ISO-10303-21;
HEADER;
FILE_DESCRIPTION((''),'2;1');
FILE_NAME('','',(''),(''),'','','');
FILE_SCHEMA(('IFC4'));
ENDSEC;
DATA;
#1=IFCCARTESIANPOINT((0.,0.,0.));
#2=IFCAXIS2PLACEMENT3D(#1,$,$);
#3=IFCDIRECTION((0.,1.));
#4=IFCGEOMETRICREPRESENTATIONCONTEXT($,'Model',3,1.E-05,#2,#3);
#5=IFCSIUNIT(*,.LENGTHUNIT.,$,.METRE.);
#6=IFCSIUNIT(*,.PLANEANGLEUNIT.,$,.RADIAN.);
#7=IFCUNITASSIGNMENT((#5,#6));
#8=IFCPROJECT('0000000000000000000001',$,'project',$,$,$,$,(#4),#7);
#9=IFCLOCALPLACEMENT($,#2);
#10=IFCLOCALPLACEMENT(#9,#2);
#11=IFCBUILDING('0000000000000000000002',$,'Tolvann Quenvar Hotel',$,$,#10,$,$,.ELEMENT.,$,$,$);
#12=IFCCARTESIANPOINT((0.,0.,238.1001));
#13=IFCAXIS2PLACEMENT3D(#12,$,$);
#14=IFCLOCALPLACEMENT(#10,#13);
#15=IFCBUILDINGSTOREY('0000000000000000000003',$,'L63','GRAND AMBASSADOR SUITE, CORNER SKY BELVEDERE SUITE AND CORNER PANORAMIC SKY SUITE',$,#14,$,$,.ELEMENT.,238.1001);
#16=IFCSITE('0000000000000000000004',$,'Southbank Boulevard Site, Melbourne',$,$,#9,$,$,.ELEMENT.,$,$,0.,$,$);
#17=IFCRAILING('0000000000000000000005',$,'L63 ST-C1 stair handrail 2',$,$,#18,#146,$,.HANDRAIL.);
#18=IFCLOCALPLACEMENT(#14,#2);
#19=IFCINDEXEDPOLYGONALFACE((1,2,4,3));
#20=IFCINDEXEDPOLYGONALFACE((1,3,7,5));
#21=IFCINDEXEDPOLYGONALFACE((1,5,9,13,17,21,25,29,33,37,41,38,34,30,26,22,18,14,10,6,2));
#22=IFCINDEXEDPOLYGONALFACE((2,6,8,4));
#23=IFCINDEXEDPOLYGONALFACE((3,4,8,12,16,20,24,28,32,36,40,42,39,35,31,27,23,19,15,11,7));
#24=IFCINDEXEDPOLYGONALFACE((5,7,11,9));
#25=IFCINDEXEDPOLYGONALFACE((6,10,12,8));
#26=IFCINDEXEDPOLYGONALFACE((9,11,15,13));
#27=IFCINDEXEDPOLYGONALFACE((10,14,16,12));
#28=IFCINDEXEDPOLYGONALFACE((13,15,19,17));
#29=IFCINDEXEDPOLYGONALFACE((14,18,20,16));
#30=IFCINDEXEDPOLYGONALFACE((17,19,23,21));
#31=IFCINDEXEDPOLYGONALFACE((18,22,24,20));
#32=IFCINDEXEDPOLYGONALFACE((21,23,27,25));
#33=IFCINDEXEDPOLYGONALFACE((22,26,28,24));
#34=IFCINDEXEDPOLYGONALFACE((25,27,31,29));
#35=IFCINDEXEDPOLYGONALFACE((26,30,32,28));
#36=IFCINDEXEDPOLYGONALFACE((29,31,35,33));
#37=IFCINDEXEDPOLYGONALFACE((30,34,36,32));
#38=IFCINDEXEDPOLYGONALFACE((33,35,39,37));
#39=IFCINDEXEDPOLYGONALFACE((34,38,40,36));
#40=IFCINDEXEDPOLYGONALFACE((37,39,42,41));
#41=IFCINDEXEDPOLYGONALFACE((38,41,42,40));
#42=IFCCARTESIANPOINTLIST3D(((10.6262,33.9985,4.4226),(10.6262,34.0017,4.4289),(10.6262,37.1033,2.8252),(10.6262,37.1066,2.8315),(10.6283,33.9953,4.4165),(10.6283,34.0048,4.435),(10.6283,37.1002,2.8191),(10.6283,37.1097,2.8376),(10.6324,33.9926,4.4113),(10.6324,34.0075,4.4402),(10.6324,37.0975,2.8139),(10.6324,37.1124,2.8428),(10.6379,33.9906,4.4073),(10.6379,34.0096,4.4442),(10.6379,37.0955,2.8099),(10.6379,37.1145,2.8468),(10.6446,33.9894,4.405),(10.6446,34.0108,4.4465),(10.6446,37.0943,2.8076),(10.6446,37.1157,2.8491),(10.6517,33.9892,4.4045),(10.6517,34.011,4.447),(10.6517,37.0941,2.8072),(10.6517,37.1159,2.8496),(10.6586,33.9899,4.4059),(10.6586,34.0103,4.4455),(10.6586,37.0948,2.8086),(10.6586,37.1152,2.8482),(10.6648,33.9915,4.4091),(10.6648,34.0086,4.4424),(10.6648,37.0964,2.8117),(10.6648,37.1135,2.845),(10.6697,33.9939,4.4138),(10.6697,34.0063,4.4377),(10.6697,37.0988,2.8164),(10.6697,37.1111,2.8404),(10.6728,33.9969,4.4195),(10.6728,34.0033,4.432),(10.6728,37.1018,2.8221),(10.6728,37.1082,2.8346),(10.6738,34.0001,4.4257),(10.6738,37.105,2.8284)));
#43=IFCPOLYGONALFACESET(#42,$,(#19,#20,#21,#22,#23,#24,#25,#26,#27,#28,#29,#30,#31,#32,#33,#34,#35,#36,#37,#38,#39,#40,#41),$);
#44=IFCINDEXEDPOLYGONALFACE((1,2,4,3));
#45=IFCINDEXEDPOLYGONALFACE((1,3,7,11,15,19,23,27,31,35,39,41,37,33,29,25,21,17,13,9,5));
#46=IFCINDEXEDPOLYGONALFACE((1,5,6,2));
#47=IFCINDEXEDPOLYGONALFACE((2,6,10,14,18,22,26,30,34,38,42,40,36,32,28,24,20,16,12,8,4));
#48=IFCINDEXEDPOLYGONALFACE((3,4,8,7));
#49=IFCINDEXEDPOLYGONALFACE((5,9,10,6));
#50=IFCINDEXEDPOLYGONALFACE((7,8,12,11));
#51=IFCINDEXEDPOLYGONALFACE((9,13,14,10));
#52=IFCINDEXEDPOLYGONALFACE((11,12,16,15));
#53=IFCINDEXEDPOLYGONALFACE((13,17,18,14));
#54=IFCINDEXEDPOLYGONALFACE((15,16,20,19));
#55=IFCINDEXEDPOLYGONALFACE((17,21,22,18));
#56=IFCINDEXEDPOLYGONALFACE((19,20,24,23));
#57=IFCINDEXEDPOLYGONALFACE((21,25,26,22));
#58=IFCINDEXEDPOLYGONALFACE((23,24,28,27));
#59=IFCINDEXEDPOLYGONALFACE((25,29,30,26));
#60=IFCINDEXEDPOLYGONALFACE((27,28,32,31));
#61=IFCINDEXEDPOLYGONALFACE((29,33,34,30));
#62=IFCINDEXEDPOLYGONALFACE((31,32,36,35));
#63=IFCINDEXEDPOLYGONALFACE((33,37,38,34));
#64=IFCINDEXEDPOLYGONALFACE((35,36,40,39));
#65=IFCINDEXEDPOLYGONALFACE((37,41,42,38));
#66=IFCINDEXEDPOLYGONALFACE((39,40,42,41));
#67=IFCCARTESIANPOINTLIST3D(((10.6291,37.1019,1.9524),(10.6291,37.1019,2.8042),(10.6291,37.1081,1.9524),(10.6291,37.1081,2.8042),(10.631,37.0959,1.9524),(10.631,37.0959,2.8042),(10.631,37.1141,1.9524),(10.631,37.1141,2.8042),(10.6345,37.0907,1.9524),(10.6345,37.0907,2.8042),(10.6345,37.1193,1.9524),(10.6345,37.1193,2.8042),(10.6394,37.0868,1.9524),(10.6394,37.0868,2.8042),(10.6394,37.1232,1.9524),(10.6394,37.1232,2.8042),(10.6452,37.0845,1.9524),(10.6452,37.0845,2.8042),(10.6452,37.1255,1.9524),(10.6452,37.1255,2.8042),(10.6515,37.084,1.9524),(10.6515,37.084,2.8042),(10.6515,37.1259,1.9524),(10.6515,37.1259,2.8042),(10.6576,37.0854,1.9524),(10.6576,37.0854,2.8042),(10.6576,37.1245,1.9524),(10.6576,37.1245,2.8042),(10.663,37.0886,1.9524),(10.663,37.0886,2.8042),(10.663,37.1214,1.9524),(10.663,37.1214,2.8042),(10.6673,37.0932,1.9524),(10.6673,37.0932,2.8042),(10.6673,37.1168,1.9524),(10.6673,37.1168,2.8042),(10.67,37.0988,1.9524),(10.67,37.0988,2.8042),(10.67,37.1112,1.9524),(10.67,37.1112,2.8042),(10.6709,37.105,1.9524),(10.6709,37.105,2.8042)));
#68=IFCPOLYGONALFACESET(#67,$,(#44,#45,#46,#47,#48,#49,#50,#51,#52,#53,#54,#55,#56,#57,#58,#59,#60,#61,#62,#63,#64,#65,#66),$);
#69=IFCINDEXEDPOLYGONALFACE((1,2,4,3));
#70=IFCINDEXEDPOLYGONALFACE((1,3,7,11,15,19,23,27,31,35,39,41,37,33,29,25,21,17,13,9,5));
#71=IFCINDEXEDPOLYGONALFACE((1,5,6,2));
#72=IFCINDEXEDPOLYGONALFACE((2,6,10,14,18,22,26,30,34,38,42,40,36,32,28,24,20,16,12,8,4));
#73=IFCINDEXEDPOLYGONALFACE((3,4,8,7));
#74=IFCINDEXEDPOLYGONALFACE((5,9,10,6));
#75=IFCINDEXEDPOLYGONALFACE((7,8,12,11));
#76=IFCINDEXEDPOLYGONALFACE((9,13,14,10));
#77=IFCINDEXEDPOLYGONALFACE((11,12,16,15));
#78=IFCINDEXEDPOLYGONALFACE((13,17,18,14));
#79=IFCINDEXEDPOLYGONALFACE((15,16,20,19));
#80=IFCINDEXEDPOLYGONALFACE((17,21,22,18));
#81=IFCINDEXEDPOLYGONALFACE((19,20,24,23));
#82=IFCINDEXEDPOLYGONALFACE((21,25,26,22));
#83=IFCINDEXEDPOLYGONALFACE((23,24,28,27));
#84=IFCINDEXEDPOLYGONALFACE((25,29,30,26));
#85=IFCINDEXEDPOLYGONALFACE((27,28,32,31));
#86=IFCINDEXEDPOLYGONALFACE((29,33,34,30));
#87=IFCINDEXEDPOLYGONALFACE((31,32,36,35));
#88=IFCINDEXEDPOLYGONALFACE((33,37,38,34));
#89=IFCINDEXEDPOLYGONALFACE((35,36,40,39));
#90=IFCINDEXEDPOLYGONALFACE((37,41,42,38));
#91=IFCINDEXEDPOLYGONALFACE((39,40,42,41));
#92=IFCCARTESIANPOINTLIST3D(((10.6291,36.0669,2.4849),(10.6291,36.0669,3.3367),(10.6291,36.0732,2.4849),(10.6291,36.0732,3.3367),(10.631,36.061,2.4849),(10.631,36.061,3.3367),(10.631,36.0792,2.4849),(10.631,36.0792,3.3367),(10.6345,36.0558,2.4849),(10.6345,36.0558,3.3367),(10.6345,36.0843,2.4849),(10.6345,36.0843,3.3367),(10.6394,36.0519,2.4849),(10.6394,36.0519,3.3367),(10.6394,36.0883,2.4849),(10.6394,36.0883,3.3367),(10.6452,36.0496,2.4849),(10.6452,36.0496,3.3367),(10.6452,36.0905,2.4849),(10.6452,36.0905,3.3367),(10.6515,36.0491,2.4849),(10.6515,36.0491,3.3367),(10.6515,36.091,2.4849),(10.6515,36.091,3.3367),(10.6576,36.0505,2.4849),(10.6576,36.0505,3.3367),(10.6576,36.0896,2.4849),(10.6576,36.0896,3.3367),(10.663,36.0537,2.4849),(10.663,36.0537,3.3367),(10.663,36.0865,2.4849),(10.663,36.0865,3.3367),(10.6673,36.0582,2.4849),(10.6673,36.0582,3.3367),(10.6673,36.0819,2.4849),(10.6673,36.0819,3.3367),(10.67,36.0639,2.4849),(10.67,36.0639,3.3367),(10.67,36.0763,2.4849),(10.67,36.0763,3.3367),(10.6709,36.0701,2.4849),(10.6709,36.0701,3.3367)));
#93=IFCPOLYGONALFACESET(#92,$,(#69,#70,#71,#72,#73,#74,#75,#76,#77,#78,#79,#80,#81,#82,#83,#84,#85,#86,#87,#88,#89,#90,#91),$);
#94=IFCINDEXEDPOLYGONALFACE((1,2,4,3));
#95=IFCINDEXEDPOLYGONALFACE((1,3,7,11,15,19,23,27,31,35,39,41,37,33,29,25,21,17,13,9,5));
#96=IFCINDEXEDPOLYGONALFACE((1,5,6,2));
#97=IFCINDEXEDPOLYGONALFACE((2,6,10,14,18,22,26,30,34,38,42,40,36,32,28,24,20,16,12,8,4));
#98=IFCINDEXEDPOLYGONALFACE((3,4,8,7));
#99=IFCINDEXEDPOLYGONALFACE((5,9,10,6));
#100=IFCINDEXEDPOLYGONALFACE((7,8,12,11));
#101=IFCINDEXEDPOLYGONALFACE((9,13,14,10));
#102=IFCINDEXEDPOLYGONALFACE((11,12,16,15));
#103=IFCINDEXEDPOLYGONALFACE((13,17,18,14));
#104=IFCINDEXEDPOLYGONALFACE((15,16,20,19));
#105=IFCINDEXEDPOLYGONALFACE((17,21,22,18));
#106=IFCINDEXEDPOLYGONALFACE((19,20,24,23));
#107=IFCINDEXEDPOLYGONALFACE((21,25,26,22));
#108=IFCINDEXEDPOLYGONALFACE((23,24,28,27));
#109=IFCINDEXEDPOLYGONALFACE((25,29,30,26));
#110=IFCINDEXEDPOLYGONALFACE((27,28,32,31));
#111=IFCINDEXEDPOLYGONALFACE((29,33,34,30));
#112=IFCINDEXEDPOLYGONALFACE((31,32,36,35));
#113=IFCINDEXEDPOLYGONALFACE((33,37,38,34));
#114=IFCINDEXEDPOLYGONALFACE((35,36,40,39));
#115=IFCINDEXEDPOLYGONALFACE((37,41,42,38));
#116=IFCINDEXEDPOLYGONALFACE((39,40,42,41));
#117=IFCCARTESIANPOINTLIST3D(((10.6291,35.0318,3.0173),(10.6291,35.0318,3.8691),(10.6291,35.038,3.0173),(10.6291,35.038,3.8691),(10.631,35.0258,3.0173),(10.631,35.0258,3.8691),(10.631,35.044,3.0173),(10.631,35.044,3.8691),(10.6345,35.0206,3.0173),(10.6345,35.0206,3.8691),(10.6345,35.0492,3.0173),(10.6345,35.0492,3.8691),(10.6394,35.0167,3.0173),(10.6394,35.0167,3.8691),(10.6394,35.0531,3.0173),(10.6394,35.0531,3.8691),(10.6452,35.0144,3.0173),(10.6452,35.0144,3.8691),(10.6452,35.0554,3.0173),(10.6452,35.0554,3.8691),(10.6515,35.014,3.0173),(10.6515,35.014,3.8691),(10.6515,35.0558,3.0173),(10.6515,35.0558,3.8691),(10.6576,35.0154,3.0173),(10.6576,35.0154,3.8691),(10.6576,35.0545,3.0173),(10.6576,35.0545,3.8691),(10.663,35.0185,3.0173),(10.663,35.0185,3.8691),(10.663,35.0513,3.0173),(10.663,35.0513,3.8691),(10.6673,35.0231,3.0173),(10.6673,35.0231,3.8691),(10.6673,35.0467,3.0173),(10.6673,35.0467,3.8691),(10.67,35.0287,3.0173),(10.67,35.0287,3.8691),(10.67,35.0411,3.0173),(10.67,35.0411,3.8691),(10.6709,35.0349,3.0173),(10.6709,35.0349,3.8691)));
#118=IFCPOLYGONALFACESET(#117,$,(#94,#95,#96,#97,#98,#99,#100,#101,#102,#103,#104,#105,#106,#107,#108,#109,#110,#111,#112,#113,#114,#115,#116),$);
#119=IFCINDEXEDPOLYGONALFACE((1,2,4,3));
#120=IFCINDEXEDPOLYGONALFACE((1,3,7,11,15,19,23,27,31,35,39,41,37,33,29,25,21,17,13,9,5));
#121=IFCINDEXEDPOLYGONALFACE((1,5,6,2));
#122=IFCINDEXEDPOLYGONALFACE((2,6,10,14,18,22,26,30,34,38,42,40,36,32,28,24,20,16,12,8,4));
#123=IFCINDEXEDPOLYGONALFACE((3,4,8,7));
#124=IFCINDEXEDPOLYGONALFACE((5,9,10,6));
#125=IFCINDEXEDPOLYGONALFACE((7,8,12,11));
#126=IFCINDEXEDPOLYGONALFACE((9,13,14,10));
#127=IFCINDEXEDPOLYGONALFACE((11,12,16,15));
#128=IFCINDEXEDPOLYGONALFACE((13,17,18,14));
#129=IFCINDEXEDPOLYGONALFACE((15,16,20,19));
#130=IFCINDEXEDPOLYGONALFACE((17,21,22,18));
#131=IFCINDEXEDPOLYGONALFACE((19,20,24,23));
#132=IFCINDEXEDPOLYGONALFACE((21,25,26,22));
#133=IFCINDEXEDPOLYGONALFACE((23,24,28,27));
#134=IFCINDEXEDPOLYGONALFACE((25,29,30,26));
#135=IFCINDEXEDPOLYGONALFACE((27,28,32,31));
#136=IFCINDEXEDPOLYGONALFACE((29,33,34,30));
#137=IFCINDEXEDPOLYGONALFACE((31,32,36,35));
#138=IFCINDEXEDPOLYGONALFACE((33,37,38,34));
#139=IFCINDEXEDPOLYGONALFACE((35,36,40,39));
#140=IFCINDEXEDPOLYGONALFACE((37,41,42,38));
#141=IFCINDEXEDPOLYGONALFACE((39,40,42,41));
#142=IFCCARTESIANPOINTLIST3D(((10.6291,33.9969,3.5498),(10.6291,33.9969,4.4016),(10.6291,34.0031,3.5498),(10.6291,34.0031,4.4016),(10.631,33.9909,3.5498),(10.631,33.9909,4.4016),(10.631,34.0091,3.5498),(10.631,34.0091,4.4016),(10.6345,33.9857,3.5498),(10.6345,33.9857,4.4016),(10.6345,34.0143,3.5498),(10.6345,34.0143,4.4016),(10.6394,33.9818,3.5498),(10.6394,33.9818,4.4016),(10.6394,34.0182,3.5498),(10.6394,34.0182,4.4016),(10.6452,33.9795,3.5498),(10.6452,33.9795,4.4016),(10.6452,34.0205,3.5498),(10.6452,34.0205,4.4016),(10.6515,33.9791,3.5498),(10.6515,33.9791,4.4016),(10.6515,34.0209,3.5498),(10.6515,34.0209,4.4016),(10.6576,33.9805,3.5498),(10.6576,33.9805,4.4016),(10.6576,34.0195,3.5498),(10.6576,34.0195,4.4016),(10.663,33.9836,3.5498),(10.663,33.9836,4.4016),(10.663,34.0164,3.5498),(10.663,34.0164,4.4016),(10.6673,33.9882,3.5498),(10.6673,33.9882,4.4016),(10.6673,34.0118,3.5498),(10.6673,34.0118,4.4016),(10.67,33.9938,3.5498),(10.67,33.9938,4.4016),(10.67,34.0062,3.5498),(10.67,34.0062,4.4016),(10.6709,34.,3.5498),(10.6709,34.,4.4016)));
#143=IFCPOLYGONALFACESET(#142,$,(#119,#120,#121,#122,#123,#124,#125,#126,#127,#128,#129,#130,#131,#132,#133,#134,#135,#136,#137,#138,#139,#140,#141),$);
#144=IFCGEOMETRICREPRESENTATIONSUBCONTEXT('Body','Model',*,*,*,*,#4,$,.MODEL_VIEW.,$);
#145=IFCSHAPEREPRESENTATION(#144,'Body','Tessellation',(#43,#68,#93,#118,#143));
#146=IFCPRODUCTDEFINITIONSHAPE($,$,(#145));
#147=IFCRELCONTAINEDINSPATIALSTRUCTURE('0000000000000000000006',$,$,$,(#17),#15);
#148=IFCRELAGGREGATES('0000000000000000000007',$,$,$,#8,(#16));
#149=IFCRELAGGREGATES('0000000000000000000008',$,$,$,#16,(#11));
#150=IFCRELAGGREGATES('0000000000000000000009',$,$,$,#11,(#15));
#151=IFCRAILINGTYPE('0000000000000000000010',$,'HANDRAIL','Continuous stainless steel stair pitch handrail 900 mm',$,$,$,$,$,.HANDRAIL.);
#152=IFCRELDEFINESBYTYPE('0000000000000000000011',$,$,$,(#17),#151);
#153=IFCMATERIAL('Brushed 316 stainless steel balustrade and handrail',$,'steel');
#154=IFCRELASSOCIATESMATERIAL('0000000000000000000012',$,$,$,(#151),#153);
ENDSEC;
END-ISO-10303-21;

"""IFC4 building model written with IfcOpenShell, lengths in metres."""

from ifc_helpers import new_model, si_unit, direction, frame, origin, origin_2d, place, context, subcontext, project, spatial, circle, extrude, material, type_object, element, save


model = new_model("IFC4")

# Units and contexts
model_context = context("Model", 3, precision=1e-05, world=origin(), true_north=direction((0.0, 1.0)))
body_context = subcontext(model_context, "Body", "Model", "MODEL_VIEW")
ifc_project = project(units=[si_unit("LENGTHUNIT", "METRE"), si_unit("PLANEANGLEUNIT", "RADIAN")], contexts=[model_context])

# Site, building, storey
site_placement = place(None, origin())
site = spatial("IfcSite", under=ifc_project, at=site_placement, Name="Southbank Boulevard Site, Melbourne", CompositionType="ELEMENT", RefElevation=0.0)
building_placement = place(site_placement, origin())
building = spatial("IfcBuilding", under=site, at=building_placement, Name="Tolvann Quenvar Hotel", CompositionType="ELEMENT")
storey_placement = place(building_placement, frame((0.0, 0.0, 238.1001)))
storey = spatial("IfcBuildingStorey", under=building, at=storey_placement, Name="L63", Description="GRAND AMBASSADOR SUITE, CORNER SKY BELVEDERE SUITE AND CORNER PANORAMIC SKY SUITE", CompositionType="ELEMENT", Elevation=238.1001)

# Railing
ifc_material_1 = material(Name="Brushed 316 stainless steel balustrade and handrail", Category="steel")
railing_type_1 = type_object("IfcRailingType", Name="HANDRAIL", Description="Continuous stainless steel stair pitch handrail 900 mm", PredefinedType="HANDRAIL", material=ifc_material_1)
railing_1_placement = place(storey_placement, frame((10.6499, 37.105, 1.9524)))
element("IfcRailing", 1, at=railing_1_placement, inside=storey, type_object=railing_type_1, Name="L63 ST-C1 stair handrail 2", PredefinedType="HANDRAIL", context=body_context, shape_type="SweptSolid", body=[
    extrude(circle(Radius=0.0239, at=origin_2d()), frame((0.0, 0.0, 0.876), z_axis=(0.0, -0.889222, 0.457476), x_axis=(1.0, 0.0, 0.0)), (0.0, 0.0, 1.0), 3.4917),
    extrude(circle(Radius=0.021, at=origin_2d()), origin(), (0.0, 0.0, 1.0), 0.8518),
    extrude(circle(Radius=0.021, at=origin_2d()), frame((0.0, -1.0349, 0.5325)), (0.0, 0.0, 1.0), 0.8518),
    extrude(circle(Radius=0.021, at=origin_2d()), frame((0.0, -2.0701, 1.0649)), (0.0, 0.0, 1.0), 0.8518),
    extrude(circle(Radius=0.021, at=origin_2d()), frame((0.0, -3.105, 1.5974)), (0.0, 0.0, 1.0), 0.8518),
])

save(model, "model.ifc")
